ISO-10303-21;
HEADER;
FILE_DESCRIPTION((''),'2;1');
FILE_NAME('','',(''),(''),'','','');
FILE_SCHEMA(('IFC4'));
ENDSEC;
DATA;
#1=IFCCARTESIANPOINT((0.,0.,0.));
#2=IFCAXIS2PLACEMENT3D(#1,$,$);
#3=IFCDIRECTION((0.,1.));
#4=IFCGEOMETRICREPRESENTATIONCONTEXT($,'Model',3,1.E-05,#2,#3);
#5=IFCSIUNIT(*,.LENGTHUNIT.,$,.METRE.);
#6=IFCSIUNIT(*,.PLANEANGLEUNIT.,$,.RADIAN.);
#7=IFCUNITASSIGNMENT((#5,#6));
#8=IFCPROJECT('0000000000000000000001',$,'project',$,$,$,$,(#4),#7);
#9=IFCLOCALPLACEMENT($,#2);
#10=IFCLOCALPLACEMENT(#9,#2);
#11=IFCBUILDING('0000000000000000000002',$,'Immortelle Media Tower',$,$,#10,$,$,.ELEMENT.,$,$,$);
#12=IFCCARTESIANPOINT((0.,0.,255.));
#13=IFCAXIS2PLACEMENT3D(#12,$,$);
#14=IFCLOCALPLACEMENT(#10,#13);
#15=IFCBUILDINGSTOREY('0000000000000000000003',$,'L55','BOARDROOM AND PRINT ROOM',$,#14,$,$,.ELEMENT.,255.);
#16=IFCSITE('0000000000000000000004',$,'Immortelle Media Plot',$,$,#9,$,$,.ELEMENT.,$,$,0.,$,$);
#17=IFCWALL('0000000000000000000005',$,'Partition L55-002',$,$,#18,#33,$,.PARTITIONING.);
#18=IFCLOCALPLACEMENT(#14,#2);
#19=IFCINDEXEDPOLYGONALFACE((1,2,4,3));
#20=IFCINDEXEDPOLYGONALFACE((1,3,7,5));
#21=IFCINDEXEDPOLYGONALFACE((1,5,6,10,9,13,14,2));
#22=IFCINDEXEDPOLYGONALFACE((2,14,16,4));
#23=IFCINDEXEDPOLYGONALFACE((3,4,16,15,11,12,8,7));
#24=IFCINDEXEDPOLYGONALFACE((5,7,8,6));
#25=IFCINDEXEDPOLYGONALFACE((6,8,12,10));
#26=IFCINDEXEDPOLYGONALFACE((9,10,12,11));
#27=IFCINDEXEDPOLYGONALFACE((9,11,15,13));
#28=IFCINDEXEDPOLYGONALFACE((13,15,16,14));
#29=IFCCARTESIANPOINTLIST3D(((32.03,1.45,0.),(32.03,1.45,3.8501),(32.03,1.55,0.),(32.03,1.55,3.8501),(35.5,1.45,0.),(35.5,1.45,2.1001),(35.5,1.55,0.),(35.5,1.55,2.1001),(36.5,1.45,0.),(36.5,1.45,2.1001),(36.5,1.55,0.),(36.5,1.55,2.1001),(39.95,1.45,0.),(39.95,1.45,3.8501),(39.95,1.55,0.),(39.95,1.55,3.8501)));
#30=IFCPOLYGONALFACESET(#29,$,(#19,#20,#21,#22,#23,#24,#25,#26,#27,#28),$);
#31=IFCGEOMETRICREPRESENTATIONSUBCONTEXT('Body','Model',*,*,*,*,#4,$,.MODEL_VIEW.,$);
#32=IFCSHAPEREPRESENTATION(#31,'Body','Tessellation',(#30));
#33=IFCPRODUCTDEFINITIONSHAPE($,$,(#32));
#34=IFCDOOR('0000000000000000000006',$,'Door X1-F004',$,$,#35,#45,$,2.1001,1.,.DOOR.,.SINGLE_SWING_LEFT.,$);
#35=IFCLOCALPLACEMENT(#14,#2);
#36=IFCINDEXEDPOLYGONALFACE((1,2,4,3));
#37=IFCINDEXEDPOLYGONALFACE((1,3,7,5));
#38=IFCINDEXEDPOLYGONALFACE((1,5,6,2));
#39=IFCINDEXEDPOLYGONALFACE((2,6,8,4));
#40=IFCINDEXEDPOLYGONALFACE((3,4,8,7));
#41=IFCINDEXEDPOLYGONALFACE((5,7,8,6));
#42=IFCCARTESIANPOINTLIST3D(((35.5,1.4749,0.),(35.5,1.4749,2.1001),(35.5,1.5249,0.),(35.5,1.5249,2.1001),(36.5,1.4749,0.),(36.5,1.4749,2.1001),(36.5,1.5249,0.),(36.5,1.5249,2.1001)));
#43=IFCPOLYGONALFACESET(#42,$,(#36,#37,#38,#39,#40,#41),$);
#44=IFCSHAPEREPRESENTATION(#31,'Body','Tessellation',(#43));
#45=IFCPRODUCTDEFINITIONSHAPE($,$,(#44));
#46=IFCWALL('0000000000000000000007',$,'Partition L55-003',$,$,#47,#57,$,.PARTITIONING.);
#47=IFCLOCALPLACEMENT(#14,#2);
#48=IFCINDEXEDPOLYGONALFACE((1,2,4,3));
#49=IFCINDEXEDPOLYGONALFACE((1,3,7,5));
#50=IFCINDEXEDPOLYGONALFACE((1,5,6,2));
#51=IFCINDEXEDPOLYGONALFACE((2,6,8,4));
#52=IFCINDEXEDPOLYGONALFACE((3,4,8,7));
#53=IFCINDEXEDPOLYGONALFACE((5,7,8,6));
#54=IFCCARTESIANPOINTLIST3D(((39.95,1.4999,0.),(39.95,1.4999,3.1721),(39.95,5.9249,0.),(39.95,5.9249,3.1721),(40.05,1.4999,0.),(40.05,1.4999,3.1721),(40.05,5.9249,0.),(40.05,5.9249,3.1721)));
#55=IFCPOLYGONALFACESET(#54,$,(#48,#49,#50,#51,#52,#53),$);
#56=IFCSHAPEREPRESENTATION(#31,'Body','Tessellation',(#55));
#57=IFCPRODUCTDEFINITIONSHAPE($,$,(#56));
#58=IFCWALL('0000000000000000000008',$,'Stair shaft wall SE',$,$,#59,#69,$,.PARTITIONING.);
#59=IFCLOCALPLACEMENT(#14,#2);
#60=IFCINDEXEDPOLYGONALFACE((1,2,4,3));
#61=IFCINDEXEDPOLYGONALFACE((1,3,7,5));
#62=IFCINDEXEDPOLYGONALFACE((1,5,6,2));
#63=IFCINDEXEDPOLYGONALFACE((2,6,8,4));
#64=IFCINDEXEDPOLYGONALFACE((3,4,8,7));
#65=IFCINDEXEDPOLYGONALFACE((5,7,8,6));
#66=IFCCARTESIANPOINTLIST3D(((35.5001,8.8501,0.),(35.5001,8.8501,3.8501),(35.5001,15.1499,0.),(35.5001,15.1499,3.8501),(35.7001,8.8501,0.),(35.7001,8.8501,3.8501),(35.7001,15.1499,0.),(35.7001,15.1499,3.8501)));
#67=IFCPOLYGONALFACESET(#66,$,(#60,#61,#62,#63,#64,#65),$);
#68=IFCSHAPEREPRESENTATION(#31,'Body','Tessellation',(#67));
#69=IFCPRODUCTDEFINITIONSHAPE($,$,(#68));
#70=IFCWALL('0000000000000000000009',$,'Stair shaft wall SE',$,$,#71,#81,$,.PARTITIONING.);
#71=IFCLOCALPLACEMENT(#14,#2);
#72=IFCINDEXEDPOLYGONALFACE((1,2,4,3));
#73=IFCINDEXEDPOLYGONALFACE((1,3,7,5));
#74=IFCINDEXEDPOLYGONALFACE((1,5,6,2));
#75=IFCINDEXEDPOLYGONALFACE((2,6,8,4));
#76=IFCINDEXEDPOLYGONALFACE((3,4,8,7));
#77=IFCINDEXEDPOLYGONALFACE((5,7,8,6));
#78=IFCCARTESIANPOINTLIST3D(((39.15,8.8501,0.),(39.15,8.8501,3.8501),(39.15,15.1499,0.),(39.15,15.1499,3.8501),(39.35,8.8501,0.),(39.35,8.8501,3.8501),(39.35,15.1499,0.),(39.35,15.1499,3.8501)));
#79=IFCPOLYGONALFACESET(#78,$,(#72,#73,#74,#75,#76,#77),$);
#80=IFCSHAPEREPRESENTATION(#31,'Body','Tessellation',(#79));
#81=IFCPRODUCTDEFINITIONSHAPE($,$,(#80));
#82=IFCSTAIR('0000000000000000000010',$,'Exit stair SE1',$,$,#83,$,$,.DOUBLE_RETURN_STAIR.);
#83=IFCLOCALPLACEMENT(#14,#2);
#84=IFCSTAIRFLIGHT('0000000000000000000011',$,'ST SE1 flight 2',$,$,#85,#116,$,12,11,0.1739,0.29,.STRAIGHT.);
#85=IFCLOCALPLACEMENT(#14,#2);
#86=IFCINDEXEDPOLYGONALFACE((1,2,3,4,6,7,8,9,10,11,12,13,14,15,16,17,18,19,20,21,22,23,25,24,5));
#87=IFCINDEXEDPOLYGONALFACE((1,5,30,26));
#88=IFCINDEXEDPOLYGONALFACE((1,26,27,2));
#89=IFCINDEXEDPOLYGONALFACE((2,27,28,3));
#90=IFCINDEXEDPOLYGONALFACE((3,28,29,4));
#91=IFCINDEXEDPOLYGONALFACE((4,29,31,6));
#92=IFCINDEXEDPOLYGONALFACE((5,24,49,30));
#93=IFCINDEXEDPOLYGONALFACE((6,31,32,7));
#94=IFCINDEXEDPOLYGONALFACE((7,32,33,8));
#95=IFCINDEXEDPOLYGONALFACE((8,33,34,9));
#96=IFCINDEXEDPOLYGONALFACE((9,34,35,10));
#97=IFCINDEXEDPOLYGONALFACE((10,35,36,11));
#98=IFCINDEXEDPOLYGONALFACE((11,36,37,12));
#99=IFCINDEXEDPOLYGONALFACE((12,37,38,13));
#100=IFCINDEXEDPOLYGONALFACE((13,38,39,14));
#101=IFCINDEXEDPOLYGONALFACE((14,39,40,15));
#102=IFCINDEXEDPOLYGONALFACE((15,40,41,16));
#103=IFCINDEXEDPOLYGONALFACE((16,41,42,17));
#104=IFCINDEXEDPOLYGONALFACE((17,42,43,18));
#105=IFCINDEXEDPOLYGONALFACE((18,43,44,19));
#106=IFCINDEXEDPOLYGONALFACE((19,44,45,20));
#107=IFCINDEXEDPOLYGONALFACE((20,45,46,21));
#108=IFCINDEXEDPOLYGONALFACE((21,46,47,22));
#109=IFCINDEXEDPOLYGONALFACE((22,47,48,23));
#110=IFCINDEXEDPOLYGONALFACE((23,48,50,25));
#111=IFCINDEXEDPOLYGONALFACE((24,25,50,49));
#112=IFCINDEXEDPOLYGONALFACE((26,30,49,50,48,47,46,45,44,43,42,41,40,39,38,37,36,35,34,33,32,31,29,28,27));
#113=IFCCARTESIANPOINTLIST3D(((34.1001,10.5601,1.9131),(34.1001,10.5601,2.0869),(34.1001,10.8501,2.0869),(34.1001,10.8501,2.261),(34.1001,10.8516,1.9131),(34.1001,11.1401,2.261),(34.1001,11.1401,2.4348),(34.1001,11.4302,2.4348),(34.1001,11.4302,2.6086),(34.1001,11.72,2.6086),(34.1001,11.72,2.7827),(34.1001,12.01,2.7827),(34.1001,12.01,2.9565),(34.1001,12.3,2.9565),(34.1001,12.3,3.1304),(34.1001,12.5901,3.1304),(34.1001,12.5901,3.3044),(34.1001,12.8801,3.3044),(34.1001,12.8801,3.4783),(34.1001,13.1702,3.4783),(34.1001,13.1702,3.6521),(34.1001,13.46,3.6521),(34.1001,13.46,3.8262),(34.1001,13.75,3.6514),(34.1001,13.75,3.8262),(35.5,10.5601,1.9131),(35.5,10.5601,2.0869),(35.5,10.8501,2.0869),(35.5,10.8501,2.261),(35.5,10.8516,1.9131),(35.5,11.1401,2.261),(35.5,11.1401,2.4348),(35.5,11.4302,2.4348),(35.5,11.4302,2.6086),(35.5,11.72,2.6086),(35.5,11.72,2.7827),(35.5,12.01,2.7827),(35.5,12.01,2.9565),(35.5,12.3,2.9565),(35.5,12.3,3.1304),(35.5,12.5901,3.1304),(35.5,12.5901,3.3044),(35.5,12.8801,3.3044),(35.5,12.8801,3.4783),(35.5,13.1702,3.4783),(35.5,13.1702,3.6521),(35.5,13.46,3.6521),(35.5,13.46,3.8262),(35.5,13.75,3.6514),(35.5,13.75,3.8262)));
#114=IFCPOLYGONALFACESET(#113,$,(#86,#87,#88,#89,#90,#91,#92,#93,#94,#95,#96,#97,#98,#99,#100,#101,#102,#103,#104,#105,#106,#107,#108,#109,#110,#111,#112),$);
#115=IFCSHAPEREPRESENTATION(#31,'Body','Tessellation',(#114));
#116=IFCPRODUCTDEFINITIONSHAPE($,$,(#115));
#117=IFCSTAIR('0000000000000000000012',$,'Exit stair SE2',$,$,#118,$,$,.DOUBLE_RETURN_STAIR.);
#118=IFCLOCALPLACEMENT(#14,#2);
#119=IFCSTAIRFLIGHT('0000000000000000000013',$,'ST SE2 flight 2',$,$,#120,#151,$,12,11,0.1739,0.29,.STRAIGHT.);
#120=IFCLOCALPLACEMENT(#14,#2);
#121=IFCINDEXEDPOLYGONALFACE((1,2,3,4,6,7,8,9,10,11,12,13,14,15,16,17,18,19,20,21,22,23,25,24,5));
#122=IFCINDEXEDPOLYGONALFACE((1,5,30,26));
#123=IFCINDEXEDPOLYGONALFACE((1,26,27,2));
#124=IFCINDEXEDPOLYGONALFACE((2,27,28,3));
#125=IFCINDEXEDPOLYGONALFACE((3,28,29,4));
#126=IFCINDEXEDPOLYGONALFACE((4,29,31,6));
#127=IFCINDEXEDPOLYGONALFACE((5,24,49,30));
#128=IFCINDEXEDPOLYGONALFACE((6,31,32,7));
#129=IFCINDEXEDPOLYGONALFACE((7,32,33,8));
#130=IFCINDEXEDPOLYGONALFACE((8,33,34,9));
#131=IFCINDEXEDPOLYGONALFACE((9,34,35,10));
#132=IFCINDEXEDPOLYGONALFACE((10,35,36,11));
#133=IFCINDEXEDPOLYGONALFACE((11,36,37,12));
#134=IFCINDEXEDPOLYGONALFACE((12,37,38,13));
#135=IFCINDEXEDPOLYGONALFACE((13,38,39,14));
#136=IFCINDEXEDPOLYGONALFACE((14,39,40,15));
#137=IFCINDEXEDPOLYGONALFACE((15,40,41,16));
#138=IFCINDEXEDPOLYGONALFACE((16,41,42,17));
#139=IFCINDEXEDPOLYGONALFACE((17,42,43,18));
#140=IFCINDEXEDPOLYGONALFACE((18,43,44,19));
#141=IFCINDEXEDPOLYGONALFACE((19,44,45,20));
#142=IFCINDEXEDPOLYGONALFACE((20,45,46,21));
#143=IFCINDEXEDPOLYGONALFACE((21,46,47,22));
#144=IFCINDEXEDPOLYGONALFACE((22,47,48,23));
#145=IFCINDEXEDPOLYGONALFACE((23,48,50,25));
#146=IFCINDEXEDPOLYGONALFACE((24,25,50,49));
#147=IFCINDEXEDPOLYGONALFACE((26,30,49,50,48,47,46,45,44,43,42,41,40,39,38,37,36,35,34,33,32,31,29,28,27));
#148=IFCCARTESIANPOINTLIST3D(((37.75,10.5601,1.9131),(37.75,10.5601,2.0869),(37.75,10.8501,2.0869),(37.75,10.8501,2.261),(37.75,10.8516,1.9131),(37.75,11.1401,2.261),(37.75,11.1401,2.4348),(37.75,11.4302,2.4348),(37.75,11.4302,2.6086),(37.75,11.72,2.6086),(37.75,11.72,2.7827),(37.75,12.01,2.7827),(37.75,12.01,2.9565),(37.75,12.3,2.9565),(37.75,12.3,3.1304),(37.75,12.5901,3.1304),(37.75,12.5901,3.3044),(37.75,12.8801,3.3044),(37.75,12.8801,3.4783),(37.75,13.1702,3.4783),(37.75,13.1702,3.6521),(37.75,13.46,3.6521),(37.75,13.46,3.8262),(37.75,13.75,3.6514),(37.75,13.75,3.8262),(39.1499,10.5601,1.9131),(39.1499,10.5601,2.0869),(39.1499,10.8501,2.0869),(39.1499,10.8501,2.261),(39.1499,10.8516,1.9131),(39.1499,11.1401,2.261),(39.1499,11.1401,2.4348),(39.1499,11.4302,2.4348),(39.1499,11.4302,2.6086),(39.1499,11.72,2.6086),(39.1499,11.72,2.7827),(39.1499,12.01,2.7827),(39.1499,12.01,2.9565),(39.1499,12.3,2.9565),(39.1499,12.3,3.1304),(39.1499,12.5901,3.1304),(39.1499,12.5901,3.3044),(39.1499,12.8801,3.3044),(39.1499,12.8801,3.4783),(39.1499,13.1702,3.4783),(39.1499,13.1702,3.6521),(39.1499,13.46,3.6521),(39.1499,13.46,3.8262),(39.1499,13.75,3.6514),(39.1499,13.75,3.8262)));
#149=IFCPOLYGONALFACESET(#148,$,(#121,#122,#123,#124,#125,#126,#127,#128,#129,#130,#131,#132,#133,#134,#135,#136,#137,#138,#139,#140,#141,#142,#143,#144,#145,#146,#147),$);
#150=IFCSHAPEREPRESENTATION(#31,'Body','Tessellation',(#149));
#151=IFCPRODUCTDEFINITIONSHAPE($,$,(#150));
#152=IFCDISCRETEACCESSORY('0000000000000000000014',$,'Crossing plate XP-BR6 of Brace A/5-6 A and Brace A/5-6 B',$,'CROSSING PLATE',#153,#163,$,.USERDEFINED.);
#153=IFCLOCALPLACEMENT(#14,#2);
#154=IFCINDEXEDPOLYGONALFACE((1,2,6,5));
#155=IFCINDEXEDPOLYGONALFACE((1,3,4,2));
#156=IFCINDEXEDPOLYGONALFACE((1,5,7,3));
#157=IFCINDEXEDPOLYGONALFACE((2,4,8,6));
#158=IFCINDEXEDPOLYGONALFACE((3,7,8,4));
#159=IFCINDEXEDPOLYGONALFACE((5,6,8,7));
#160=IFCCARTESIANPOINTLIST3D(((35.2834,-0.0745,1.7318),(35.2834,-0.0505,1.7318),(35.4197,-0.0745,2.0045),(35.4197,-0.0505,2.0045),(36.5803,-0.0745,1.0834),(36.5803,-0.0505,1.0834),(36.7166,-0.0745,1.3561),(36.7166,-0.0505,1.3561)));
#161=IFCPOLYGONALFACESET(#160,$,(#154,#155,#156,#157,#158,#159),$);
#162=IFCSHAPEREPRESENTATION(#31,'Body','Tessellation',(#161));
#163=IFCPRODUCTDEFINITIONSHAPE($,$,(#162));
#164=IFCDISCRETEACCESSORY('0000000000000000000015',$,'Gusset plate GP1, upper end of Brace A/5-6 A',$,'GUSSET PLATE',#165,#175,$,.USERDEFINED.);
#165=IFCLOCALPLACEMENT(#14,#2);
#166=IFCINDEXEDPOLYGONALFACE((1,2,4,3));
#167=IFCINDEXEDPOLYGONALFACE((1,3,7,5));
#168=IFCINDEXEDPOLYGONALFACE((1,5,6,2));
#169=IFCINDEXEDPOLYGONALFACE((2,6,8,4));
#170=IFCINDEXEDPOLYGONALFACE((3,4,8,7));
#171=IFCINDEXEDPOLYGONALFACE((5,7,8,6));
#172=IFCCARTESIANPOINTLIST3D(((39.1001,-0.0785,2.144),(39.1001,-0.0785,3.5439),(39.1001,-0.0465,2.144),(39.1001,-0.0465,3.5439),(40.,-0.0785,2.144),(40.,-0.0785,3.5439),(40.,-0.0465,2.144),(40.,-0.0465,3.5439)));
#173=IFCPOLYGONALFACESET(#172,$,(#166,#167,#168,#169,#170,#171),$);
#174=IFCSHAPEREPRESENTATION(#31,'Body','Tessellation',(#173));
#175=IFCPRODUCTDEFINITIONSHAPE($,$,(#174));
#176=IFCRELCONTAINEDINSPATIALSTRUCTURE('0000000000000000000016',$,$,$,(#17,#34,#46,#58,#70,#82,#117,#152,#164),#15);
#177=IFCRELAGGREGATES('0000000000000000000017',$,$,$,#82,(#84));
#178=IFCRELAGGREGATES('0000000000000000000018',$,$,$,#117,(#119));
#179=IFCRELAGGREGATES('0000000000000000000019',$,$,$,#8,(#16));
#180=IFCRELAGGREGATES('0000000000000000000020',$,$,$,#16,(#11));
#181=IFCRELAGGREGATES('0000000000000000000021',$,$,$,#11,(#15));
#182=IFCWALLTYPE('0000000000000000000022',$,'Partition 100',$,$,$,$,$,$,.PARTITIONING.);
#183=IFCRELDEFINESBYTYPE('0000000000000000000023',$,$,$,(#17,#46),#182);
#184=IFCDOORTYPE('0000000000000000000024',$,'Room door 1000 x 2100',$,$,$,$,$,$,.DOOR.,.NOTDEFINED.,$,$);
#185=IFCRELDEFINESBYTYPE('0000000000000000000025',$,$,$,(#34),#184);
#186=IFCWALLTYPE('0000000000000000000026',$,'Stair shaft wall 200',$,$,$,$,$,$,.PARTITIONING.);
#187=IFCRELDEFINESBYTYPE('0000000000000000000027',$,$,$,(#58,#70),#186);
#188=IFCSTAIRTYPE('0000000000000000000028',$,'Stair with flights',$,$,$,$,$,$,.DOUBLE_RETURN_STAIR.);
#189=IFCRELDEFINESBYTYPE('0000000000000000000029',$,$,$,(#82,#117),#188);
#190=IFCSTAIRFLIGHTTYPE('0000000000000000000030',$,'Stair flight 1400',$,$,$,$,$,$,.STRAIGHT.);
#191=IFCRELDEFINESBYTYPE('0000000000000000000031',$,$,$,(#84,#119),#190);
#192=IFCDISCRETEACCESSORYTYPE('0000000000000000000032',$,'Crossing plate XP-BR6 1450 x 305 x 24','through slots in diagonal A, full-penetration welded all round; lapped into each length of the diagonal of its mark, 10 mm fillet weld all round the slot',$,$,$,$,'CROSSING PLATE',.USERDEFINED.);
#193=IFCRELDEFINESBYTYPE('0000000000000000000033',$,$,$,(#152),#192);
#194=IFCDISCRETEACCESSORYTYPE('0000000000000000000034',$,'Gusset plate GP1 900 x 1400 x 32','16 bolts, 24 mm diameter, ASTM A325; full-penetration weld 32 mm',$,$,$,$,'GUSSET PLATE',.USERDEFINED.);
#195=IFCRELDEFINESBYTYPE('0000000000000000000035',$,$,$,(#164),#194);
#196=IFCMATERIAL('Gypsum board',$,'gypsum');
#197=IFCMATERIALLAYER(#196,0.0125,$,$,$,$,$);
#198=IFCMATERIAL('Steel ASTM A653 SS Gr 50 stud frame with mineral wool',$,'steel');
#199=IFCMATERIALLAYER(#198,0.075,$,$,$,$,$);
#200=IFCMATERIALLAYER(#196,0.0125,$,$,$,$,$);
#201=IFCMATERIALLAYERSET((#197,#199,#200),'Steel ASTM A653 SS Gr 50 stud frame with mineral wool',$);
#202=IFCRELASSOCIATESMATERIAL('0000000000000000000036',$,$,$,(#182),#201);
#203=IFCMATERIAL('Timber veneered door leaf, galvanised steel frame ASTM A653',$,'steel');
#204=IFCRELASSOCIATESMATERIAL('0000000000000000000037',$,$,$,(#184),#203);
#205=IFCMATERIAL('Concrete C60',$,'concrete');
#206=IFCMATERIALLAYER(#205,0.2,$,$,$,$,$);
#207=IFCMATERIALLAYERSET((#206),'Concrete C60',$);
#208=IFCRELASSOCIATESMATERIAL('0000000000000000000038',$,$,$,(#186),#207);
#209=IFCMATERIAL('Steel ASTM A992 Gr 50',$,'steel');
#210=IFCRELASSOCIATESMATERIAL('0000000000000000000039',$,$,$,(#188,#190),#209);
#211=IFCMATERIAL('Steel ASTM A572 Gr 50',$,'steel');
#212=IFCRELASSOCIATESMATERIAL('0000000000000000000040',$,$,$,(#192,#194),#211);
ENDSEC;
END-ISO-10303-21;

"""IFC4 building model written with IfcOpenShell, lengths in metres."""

from ifc_helpers import new_model, si_unit, direction, frame, frame_2d, origin, origin_2d, place, context, subcontext, project, spatial, polyline, rectangle, outline, extrude, material, layer, layer_set, material_profile, profile_set, type_object, element, fill, aggregate, save


model = new_model("IFC4")

# Units and contexts
model_context = context("Model", 3, precision=1e-05, world=origin(), true_north=direction((0.0, 1.0)))
body_context = subcontext(model_context, "Body", "Model", "MODEL_VIEW")
ifc_project = project(units=[si_unit("LENGTHUNIT", "METRE"), si_unit("PLANEANGLEUNIT", "RADIAN")], contexts=[model_context])

# Site, building, storey
site_placement = place(None, origin())
site = spatial("IfcSite", under=ifc_project, at=site_placement, Name="Immortelle Media Plot", CompositionType="ELEMENT", RefElevation=0.0)
building_placement = place(site_placement, origin())
building = spatial("IfcBuilding", under=site, at=building_placement, Name="Immortelle Media Tower", CompositionType="ELEMENT")
storey_placement = place(building_placement, frame((0.0, 0.0, 255.0)))
storey = spatial("IfcBuildingStorey", under=building, at=storey_placement, Name="L55", Description="BOARDROOM AND PRINT ROOM", CompositionType="ELEMENT", Elevation=255.0)

# Shared definitions
ifc_material_1 = material(Name="Steel ASTM A992 Gr 50", Category="steel")

# Shared definitions
ifc_material_2 = material(Name="Steel ASTM A653 SS Gr 50 stud frame with mineral wool", Category="steel")
ifc_material_3 = material(Name="Gypsum board", Category="gypsum")
ifc_layer_1 = layer(ifc_material_3, 0.0125)
ifc_layer_2 = layer(ifc_material_2, 0.075)
ifc_layer_3 = layer(ifc_material_3, 0.0125)
ifc_layer_set_1 = layer_set([ifc_layer_1, ifc_layer_2, ifc_layer_3], Name="Steel ASTM A653 SS Gr 50 stud frame with mineral wool")
wall_type_1 = type_object("IfcWallType", Name="Partition 100", PredefinedType="PARTITIONING", material=ifc_layer_set_1)

# Wall, opening, door
wall_1_placement = place(storey_placement, frame((32.03, 1.5, 0.0), z_axis=(0.0, 0.0, 1.0), x_axis=(1.0, 0.0, 0.0)))
wall_1 = element("IfcWall", 1, at=wall_1_placement, inside=storey, type_object=wall_type_1, Name="Partition L55-002", PredefinedType="PARTITIONING", context=body_context, shape_type="SweptSolid", body=[
    extrude(rectangle(XDim=7.9199, YDim=0.1001, at=frame_2d((3.96, 0.0))), origin(), (0.0, 0.0, 1.0), 3.8501),
])
opening_placement = place(wall_1_placement, frame((3.47, 0.0, 0.0)))
opening = element("IfcOpeningElement", 2, at=opening_placement, cuts=wall_1, PredefinedType="OPENING", context=body_context, shape_type="SweptSolid", body=[
    extrude(rectangle(XDim=1.0, YDim=2.1001, at=frame_2d((0.5, 1.05))), frame((0.0, 0.0601, 0.0), z_axis=(0.0, -1.0, 0.0), x_axis=(1.0, 0.0, 0.0)), (0.0, 0.0, 1.0), 0.1201),
])
ifc_material_4 = material(Name="Timber veneered door leaf, galvanised steel frame ASTM A653", Category="steel")
door_type = type_object("IfcDoorType", Name="Room door 1000 x 2100", OperationType="NOTDEFINED", PredefinedType="DOOR", material=ifc_material_4)
door_placement = place(opening_placement, origin())
door = element("IfcDoor", 3, at=door_placement, inside=storey, type_object=door_type, Name="Door X1-F004", OperationType="SINGLE_SWING_LEFT", OverallHeight=2.1001, OverallWidth=1.0, PredefinedType="DOOR", context=body_context, shape_type="SweptSolid", body=[
    extrude(rectangle(XDim=1.0, YDim=2.1001, at=frame_2d((0.5, 1.05))), frame((0.0, 0.0249, 0.0), z_axis=(0.0, -1.0, 0.0), x_axis=(1.0, 0.0, 0.0)), (0.0, 0.0, 1.0), 0.05),
])
fill(opening, door)

# Walls
wall_2_placement = place(storey_placement, frame((40.0, 1.5, 0.0), z_axis=(0.0, 0.0, 1.0), x_axis=(0.0, 1.0, 0.0)))
element("IfcWall", 4, at=wall_2_placement, inside=storey, type_object=wall_type_1, Name="Partition L55-003", PredefinedType="PARTITIONING", context=body_context, shape_type="SweptSolid", body=[
    extrude(rectangle(XDim=4.425, YDim=0.1001, at=frame_2d((2.2124, 0.0))), origin(), (0.0, 0.0, 1.0), 3.1721),
])
ifc_material_5 = material(Name="Concrete C60", Category="concrete")
ifc_layer_4 = layer(ifc_material_5, 0.2)
ifc_layer_set_2 = layer_set([ifc_layer_4], Name="Concrete C60")
wall_type_2 = type_object("IfcWallType", Name="Stair shaft wall 200", PredefinedType="PARTITIONING", material=ifc_layer_set_2)
for number, where, z_axis, x_axis, name in (
    (5, (35.6001, 8.8501, 0.0), (0.0, 0.0, 1.0), (0.0, 1.0, 0.0), "Stair shaft wall SE"),
    (6, (39.25, 8.8501, 0.0), (0.0, 0.0, 1.0), (0.0, 1.0, 0.0), "Stair shaft wall SE"),
):
    element("IfcWall", number, at=place(storey_placement, frame(where, z_axis=z_axis, x_axis=x_axis)), inside=storey, type_object=wall_type_2, Name=name, PredefinedType="PARTITIONING", context=body_context, shape_type="SweptSolid", body=[
        extrude(rectangle(XDim=6.2998, YDim=0.2, at=frame_2d((3.1499, 0.0))), origin(), (0.0, 0.0, 1.0), 3.8501),
    ])

# Stairs, stair flights
stair_type = type_object("IfcStairType", Name="Stair with flights", PredefinedType="DOUBLE_RETURN_STAIR", material=ifc_material_1)
stair_1_placement = place(storey_placement, origin())
stair_1 = element("IfcStair", 7, at=stair_1_placement, inside=storey, type_object=stair_type, Name="Exit stair SE1", PredefinedType="DOUBLE_RETURN_STAIR")
stair_flight_type = type_object("IfcStairFlightType", Name="Stair flight 1400", PredefinedType="STRAIGHT", material=ifc_material_1)
stair_flight_1_placement = place(storey_placement, frame((34.8, 10.5601, 1.9131), z_axis=(0.0, 0.0, 1.0), x_axis=(0.0, 1.0, 0.0)))
stair_flight_1 = element("IfcStairFlight", 8, at=stair_flight_1_placement, type_object=stair_flight_type, Name="ST SE1 flight 2", NumberOfRisers=12, NumberOfTreads=11, PredefinedType="STRAIGHT", RiserHeight=0.1739, TreadLength=0.29, context=body_context, shape_type="SweptSolid", body=[
    extrude(outline(polyline([(0.0, 0.0), (0.0, 0.1738), (0.29, 0.1738), (0.29, 0.3479), (0.5801, 0.3479), (0.5801, 0.5217), (0.8701, 0.5217), (0.8701, 0.6956), (1.1599, 0.6956), (1.1599, 0.8696), (1.45, 0.8696), (1.45, 1.0435), (1.74, 1.0435), (1.74, 1.2173), (2.03, 1.2173), (2.03, 1.3914), (2.3201, 1.3914), (2.3201, 1.5652), (2.6101, 1.5652), (2.6101, 1.739), (2.8999, 1.739), (2.8999, 1.9131), (3.1899, 1.9131), (3.1899, 2.0869), (3.1899, 1.7383), (0.2915, 0.0), (0.0, 0.0)])), frame((0.0, 0.7, 0.0), z_axis=(0.0, -1.0, 0.0), x_axis=(1.0, 0.0, 0.0)), (0.0, 0.0, 1.0), 1.3999),
])
aggregate(stair_1, [stair_flight_1])
stair_2_placement = place(storey_placement, origin())
stair_2 = element("IfcStair", 9, at=stair_2_placement, inside=storey, type_object=stair_type, Name="Exit stair SE2", PredefinedType="DOUBLE_RETURN_STAIR")
stair_flight_2_placement = place(storey_placement, frame((38.45, 10.5601, 1.9131), z_axis=(0.0, 0.0, 1.0), x_axis=(0.0, 1.0, 0.0)))
stair_flight_2 = element("IfcStairFlight", 10, at=stair_flight_2_placement, type_object=stair_flight_type, Name="ST SE2 flight 2", NumberOfRisers=12, NumberOfTreads=11, PredefinedType="STRAIGHT", RiserHeight=0.1739, TreadLength=0.29, context=body_context, shape_type="SweptSolid", body=[
    extrude(outline(polyline([(0.0, 0.0), (0.0, 0.1738), (0.29, 0.1738), (0.29, 0.3479), (0.5801, 0.3479), (0.5801, 0.5217), (0.8701, 0.5217), (0.8701, 0.6956), (1.1599, 0.6956), (1.1599, 0.8696), (1.45, 0.8696), (1.45, 1.0435), (1.74, 1.0435), (1.74, 1.2173), (2.03, 1.2173), (2.03, 1.3914), (2.3201, 1.3914), (2.3201, 1.5652), (2.6101, 1.5652), (2.6101, 1.739), (2.8999, 1.739), (2.8999, 1.9131), (3.1899, 1.9131), (3.1899, 2.0869), (3.1899, 1.7383), (0.2915, 0.0), (0.0, 0.0)])), frame((0.0, 0.7, 0.0), z_axis=(0.0, -1.0, 0.0), x_axis=(1.0, 0.0, 0.0)), (0.0, 0.0, 1.0), 1.3999),
])
aggregate(stair_2, [stair_flight_2])

# Discrete accessories
ifc_material_6 = material(Name="Steel ASTM A572 Gr 50", Category="steel")
ifc_material_profile_1 = material_profile(ifc_material_6, rectangle(XDim=0.0239, YDim=0.3049, at=origin_2d()), Name="PL 24 x 305")
ifc_profile_set_1 = profile_set([ifc_material_profile_1], Name="Steel ASTM A572 Gr 50")
discrete_accessory_type_1 = type_object("IfcDiscreteAccessoryType", Name="Crossing plate XP-BR6 1450 x 305 x 24", Description="through slots in diagonal A, full-penetration welded all round; lapped into each length of the diagonal of its mark, 10 mm fillet weld all round the slot", ElementType="CROSSING PLATE", PredefinedType="USERDEFINED", material=ifc_profile_set_1)
discrete_accessory_placement = place(storey_placement, frame((35.3516, -0.0625, 1.8682), z_axis=(0.894427, 0.0, -0.447214), x_axis=(0.0, 1.0, 0.0)))
element("IfcDiscreteAccessory", 11, at=discrete_accessory_placement, inside=storey, type_object=discrete_accessory_type_1, Name="Crossing plate XP-BR6 of Brace A/5-6 A and Brace A/5-6 B", ObjectType="CROSSING PLATE", PredefinedType="USERDEFINED", context=body_context, shape_type="SweptSolid", body=[
    extrude(rectangle(XDim=0.0239, YDim=0.3049, at=origin_2d()), origin(), (0.0, 0.0, 1.0), 1.45),
])
ifc_material_profile_2 = material_profile(ifc_material_6, rectangle(XDim=0.032, YDim=1.3999, at=origin_2d()), Name="PL 32 x 1400")
ifc_profile_set_2 = profile_set([ifc_material_profile_2], Name="Steel ASTM A572 Gr 50")
discrete_accessory_type_2 = type_object("IfcDiscreteAccessoryType", Name="Gusset plate GP1 900 x 1400 x 32", Description="16 bolts, 24 mm diameter, ASTM A325; full-penetration weld 32 mm", ElementType="GUSSET PLATE", PredefinedType="USERDEFINED", material=ifc_profile_set_2)
for number, where, z_axis, x_axis, name in (
    (12, (40.0, -0.0625, 2.844), (-1.0, 0.0, 0.0), (0.0, -1.0, 0.0), "Gusset plate GP1, upper end of Brace A/5-6 A"),
):
    element("IfcDiscreteAccessory", number, at=place(storey_placement, frame(where, z_axis=z_axis, x_axis=x_axis)), inside=storey, type_object=discrete_accessory_type_2, Name=name, ObjectType="GUSSET PLATE", PredefinedType="USERDEFINED", context=body_context, shape_type="SweptSolid", body=[
        extrude(rectangle(XDim=0.032, YDim=1.3999, at=origin_2d()), origin(), (0.0, 0.0, 1.0), 0.8999),
    ])

save(model, "model.ifc")
